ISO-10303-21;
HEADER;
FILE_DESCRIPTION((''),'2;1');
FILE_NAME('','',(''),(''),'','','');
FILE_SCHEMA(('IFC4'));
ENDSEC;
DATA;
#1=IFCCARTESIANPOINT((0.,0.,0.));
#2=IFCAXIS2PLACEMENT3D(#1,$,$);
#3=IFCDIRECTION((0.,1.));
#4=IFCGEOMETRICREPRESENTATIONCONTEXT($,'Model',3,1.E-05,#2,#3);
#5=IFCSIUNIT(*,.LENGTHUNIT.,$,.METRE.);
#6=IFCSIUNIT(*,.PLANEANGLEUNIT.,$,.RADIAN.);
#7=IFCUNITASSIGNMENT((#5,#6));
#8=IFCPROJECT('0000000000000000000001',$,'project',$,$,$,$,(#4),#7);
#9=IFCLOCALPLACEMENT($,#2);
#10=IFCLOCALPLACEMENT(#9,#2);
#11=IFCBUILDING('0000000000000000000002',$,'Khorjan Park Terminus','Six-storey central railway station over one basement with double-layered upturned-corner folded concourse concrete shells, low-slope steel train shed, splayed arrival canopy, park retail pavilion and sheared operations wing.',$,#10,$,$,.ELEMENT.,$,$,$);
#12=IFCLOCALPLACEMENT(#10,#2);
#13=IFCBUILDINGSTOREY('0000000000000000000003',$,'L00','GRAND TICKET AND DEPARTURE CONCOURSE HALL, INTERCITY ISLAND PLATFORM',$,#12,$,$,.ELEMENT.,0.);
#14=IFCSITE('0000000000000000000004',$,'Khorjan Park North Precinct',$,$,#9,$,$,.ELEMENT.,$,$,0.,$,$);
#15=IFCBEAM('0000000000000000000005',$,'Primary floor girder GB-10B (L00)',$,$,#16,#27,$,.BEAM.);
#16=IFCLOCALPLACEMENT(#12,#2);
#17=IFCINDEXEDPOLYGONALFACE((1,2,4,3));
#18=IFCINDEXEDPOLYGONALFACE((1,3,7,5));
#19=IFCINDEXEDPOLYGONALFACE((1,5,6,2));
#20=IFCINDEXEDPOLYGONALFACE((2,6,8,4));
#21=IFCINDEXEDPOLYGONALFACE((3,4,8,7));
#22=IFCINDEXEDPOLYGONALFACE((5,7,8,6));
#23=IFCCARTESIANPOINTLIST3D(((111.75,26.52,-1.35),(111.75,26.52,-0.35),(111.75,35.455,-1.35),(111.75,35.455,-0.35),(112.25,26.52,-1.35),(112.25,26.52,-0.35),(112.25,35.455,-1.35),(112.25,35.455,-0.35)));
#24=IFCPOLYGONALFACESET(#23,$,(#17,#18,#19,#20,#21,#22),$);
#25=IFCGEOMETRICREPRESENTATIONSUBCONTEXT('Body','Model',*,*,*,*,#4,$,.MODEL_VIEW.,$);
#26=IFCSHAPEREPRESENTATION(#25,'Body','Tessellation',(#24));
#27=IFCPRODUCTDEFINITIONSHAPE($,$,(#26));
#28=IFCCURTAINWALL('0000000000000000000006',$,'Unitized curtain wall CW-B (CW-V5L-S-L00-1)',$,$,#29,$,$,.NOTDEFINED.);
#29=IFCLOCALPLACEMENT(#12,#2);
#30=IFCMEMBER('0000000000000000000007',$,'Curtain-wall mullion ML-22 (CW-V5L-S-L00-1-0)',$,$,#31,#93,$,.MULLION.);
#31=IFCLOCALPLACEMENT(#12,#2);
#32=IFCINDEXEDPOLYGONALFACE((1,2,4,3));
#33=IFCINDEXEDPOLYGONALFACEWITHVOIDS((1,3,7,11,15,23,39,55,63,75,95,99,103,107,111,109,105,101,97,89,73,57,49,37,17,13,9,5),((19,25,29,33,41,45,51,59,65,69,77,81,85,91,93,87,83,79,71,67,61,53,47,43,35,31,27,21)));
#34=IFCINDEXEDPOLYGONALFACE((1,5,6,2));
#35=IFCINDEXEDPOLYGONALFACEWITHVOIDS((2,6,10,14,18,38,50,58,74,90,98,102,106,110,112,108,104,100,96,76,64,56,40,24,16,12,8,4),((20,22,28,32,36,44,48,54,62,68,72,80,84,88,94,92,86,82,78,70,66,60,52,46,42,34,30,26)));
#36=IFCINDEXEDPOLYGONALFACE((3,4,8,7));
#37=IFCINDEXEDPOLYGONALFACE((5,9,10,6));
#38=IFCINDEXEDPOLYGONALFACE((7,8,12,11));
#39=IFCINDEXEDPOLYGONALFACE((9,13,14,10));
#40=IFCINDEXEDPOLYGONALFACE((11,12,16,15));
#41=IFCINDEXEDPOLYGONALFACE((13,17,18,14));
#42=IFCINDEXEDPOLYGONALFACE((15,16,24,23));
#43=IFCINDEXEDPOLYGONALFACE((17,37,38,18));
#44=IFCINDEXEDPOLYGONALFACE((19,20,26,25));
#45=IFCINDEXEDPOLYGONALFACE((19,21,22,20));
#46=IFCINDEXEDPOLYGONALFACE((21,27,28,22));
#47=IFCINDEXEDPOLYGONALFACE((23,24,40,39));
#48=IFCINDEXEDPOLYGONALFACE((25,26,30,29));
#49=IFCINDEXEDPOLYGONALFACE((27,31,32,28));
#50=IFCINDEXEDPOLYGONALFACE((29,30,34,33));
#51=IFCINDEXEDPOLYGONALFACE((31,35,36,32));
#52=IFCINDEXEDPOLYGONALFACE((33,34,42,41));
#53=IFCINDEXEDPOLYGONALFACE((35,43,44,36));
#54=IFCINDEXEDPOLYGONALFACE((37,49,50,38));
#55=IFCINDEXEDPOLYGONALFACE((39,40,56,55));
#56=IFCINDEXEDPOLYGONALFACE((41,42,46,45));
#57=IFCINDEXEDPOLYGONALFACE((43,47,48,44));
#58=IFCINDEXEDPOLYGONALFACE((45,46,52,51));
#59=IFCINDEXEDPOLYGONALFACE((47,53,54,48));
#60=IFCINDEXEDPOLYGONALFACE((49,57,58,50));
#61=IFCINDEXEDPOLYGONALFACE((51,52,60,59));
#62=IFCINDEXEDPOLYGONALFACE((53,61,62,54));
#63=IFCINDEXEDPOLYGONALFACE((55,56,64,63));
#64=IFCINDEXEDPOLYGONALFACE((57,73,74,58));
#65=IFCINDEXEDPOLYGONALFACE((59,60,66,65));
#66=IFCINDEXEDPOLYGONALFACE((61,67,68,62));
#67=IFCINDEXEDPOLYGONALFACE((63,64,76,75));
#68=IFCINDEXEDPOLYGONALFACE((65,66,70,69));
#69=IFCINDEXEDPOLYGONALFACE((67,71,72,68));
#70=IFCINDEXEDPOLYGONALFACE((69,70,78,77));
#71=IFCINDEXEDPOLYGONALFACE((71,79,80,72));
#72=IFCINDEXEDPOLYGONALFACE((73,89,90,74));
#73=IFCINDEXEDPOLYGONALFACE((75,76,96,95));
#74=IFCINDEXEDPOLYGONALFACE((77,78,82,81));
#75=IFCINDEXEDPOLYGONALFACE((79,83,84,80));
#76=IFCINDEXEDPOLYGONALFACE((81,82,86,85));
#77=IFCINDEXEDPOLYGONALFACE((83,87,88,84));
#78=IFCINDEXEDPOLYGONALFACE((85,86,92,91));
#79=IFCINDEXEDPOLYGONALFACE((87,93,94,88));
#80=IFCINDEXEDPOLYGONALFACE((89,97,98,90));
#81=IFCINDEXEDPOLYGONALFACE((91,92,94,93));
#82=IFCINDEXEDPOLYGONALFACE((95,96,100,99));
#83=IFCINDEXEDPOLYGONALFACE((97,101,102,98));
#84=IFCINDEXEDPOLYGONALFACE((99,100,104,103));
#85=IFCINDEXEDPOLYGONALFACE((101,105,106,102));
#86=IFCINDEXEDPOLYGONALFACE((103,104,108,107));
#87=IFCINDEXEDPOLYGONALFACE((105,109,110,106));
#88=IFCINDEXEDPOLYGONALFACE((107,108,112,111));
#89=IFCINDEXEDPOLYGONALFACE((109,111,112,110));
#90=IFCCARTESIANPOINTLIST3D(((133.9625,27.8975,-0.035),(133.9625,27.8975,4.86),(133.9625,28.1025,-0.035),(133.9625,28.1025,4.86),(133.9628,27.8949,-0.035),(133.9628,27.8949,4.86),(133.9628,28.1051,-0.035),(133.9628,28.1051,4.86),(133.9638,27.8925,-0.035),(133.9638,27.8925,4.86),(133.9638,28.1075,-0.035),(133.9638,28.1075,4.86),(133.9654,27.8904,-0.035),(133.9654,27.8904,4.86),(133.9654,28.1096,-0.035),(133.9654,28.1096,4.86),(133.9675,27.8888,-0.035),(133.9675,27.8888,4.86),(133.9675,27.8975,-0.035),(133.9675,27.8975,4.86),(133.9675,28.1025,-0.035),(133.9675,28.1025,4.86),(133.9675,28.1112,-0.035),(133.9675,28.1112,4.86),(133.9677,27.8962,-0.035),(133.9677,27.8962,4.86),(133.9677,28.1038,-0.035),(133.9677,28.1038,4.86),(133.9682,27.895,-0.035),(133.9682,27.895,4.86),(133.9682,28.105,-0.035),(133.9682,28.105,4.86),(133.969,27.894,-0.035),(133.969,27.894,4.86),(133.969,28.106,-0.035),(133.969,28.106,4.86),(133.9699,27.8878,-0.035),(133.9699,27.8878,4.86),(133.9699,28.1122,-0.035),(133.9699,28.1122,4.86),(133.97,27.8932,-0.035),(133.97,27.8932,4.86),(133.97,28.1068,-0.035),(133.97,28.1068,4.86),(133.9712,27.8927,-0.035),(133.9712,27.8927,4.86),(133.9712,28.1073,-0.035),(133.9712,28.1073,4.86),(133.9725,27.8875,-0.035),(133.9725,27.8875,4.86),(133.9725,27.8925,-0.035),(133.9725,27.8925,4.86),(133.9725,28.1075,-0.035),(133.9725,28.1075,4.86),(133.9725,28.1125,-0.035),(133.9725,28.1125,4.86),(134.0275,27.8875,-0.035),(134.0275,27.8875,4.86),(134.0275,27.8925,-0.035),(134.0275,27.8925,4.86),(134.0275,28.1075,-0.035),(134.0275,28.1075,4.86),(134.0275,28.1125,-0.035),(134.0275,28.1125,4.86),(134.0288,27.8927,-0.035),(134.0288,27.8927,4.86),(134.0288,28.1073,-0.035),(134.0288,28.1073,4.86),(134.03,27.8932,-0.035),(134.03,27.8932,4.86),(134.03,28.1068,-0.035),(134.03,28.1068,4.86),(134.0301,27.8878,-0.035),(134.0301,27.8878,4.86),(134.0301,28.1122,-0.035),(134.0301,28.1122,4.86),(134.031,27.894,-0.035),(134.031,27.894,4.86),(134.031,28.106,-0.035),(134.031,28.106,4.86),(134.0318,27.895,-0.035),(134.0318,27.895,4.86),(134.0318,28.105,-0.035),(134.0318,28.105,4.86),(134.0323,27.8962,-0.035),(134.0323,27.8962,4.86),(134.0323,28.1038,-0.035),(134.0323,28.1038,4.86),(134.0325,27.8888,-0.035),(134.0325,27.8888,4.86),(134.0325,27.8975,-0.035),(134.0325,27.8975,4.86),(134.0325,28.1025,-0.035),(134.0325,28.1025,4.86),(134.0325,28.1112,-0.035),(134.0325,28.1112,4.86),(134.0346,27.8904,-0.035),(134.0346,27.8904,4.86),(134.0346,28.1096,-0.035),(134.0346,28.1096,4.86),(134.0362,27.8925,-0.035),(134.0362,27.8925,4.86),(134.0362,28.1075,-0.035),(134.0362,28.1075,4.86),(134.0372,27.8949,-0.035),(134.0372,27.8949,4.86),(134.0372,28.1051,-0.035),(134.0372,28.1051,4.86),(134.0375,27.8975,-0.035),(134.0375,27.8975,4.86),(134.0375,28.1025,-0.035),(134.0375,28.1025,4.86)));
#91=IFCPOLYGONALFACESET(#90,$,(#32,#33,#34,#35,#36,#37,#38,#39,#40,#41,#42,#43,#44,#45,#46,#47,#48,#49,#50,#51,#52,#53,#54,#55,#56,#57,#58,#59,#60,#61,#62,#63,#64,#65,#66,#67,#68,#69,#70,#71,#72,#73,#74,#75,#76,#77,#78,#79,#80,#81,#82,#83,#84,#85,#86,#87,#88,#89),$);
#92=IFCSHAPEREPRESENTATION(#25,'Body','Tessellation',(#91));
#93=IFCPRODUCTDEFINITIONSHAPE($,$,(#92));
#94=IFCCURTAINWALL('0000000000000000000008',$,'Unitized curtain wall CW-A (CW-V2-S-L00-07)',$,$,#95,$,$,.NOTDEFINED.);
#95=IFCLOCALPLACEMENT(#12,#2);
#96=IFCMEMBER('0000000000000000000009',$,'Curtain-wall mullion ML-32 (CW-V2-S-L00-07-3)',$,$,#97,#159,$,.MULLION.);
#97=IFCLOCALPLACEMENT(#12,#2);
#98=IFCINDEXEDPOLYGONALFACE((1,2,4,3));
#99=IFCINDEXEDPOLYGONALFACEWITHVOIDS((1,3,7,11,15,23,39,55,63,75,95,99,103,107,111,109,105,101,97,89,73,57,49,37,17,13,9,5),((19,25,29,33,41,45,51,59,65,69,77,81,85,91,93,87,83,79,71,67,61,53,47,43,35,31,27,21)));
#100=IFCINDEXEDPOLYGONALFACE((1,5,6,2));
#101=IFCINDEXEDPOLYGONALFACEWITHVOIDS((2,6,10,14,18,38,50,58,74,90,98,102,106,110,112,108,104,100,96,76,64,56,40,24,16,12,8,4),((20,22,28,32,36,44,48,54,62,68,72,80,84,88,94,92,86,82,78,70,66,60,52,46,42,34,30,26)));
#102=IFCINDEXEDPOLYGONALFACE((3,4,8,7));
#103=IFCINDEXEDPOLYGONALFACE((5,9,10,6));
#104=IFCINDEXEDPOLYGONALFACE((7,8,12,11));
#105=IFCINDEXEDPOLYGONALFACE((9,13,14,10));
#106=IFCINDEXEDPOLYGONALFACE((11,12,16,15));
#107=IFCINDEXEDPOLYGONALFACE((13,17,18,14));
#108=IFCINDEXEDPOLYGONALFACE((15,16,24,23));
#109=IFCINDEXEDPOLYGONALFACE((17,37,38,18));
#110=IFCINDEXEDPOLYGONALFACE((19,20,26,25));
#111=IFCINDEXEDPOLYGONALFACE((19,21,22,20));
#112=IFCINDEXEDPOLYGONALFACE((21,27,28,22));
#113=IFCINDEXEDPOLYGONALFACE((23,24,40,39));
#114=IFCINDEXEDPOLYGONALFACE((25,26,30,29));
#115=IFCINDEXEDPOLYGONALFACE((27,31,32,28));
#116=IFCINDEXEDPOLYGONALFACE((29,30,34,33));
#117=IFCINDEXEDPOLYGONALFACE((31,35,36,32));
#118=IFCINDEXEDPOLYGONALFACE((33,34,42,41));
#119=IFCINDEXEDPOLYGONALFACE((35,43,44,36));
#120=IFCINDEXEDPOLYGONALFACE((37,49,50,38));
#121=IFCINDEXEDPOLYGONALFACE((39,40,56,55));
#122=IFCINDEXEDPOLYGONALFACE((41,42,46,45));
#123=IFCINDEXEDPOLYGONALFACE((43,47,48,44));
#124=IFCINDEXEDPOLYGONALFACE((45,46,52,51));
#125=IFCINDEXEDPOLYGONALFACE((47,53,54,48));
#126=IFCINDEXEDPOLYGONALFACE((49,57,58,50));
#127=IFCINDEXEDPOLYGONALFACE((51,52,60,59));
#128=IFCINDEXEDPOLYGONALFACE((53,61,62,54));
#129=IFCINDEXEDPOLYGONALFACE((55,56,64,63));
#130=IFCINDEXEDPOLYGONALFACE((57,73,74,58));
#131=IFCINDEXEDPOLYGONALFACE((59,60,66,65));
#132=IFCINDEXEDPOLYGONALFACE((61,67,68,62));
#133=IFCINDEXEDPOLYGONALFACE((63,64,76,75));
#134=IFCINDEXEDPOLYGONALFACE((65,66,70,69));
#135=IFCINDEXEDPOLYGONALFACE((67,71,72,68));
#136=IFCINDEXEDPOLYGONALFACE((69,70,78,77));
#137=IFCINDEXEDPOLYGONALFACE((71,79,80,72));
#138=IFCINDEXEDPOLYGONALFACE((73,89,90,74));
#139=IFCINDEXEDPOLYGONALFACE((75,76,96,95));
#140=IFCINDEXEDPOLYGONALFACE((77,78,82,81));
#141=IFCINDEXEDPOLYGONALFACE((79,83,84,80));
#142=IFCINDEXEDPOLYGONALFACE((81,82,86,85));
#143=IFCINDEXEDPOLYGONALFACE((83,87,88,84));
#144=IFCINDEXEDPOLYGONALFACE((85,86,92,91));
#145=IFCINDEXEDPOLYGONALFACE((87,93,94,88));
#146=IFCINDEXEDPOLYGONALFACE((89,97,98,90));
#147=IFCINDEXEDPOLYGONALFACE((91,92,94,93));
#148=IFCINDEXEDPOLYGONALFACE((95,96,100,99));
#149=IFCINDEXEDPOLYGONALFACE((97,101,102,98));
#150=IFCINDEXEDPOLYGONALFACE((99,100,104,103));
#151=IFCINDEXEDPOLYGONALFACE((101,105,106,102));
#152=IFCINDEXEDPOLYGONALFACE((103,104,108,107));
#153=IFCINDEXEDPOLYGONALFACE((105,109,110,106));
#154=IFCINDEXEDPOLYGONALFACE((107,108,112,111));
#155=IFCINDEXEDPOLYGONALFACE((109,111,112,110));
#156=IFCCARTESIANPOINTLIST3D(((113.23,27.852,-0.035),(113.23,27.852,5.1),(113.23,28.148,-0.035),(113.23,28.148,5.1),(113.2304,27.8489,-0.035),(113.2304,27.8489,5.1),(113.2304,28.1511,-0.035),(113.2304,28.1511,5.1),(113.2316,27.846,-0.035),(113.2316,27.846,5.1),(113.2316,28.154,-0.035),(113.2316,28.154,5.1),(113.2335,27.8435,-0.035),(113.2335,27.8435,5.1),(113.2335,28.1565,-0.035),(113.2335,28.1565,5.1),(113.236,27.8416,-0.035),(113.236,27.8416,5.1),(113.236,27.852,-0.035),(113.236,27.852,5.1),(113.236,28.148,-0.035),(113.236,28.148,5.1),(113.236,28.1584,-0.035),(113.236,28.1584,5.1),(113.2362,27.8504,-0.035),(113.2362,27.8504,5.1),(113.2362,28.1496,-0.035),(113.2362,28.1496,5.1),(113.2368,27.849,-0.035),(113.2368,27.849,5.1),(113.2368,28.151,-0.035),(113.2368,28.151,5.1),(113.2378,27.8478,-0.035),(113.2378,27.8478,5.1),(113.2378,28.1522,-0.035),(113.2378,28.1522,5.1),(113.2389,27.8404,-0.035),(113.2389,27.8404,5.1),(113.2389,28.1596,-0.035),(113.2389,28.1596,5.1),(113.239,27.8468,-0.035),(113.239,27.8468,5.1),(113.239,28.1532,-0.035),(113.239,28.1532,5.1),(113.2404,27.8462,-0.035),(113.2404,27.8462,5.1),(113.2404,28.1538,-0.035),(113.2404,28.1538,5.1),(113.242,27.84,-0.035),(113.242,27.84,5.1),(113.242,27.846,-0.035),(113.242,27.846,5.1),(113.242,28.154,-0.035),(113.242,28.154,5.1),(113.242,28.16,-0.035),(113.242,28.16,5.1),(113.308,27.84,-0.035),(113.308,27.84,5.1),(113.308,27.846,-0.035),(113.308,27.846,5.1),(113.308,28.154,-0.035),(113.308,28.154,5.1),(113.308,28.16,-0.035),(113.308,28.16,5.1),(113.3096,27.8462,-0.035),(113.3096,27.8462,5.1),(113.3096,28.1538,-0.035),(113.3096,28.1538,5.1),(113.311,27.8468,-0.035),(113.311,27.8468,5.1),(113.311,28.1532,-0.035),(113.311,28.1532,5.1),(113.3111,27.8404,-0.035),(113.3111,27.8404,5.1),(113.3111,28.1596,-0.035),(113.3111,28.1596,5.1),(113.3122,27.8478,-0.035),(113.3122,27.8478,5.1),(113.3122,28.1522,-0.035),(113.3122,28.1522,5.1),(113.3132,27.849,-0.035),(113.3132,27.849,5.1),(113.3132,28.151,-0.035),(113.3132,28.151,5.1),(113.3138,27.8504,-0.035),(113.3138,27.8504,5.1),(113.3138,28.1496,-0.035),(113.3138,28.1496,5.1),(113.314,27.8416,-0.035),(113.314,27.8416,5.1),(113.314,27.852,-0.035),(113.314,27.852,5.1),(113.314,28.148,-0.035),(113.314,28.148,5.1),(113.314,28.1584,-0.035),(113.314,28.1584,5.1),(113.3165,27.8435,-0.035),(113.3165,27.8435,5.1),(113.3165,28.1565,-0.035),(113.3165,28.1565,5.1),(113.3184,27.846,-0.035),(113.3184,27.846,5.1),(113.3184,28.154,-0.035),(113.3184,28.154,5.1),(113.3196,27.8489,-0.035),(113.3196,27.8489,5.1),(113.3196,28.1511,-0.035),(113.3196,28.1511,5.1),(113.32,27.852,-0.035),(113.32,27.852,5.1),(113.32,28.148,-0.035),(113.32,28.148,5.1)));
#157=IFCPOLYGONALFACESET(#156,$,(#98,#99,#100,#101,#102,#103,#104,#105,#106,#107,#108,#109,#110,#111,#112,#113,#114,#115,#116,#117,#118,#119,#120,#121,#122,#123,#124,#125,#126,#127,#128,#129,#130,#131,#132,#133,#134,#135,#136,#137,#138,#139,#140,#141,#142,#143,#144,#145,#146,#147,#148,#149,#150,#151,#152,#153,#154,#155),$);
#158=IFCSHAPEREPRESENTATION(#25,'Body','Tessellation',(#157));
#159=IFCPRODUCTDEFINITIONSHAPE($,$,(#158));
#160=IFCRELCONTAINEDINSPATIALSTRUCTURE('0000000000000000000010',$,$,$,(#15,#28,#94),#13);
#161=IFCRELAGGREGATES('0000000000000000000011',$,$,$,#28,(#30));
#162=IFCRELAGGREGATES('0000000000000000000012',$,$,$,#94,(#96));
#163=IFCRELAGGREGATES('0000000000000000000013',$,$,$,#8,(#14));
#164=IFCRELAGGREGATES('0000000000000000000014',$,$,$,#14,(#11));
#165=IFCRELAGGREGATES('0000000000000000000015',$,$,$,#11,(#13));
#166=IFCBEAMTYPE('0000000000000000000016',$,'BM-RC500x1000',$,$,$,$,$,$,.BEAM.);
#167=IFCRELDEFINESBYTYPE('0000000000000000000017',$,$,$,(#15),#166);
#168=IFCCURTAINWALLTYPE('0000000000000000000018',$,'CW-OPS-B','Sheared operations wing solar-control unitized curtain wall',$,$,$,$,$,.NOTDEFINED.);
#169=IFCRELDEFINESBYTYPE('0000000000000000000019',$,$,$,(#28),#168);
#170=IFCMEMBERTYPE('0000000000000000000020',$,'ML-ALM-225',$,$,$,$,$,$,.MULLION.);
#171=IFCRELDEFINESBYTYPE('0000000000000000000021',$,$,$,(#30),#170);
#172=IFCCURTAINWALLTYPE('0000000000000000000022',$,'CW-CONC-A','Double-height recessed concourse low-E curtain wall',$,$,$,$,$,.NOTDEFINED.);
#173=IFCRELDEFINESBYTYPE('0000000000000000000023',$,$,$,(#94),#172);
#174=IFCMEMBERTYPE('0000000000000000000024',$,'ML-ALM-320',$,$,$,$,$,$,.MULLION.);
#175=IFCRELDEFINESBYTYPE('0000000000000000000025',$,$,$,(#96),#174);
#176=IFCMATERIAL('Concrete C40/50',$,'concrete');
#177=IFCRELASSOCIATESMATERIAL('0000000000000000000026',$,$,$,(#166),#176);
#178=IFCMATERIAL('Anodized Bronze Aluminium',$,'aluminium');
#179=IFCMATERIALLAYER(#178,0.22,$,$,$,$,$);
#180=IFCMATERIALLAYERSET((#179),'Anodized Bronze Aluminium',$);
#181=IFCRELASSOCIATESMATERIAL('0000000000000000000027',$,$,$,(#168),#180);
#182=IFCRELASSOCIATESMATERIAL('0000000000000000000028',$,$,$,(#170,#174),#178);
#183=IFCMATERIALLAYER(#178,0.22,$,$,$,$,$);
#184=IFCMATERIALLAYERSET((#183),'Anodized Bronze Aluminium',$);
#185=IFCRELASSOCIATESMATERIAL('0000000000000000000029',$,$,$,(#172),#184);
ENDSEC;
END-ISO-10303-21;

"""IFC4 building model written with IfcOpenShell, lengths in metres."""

from ifc_helpers import new_model, si_unit, direction, frame, origin, origin_2d, place, context, subcontext, project, spatial, rectangle, hollow_rectangle, extrude, material, layer, layer_set, material_profile, profile_set, type_object, element, aggregate, save


model = new_model("IFC4")

# Units and contexts
model_context = context("Model", 3, precision=1e-05, world=origin(), true_north=direction((0.0, 1.0)))
body_context = subcontext(model_context, "Body", "Model", "MODEL_VIEW")
ifc_project = project(units=[si_unit("LENGTHUNIT", "METRE"), si_unit("PLANEANGLEUNIT", "RADIAN")], contexts=[model_context])

# Site, building, storey
site_placement = place(None, origin())
site = spatial("IfcSite", under=ifc_project, at=site_placement, Name="Khorjan Park North Precinct", CompositionType="ELEMENT", RefElevation=0.0)
building_placement = place(site_placement, origin())
building = spatial("IfcBuilding", under=site, at=building_placement, Name="Khorjan Park Terminus", Description="Six-storey central railway station over one basement with double-layered upturned-corner folded concourse concrete shells, low-slope steel train shed, splayed arrival canopy, park retail pavilion and sheared operations wing.", CompositionType="ELEMENT")
storey_placement = place(building_placement, origin())
storey = spatial("IfcBuildingStorey", under=building, at=storey_placement, Name="L00", Description="GRAND TICKET AND DEPARTURE CONCOURSE HALL, INTERCITY ISLAND PLATFORM", CompositionType="ELEMENT", Elevation=0.0)

# Beam
ifc_material_1 = material(Name="Concrete C40/50", Category="concrete")
ifc_material_profile_1 = material_profile(ifc_material_1, rectangle(XDim=0.5, YDim=1.0, at=origin_2d()), Name="RC 500x1000")
ifc_profile_set_1 = profile_set([ifc_material_profile_1], Name="Concrete C40/50")
beam_type = type_object("IfcBeamType", Name="BM-RC500x1000", PredefinedType="BEAM", material=ifc_profile_set_1)
beam_placement = place(storey_placement, frame((112.0, 26.52, -0.85), z_axis=(0.0, 1.0, 0.0), x_axis=(-1.0, 0.0, 0.0)))
element("IfcBeam", 1, at=beam_placement, inside=storey, type_object=beam_type, Name="Primary floor girder GB-10B (L00)", PredefinedType="BEAM", context=body_context, shape_type="SweptSolid", body=[
    extrude(rectangle(XDim=0.5, YDim=1.0, at=origin_2d()), origin(), (0.0, 0.0, 1.0), 8.935),
])

# Curtain wall, member
ifc_material_2 = material(Name="Anodized Bronze Aluminium", Category="aluminium")
ifc_layer_1 = layer(ifc_material_2, 0.22)
ifc_layer_set_1 = layer_set([ifc_layer_1], Name="Anodized Bronze Aluminium")
curtain_wall_type_1 = type_object("IfcCurtainWallType", Name="CW-OPS-B", Description="Sheared operations wing solar-control unitized curtain wall", PredefinedType="NOTDEFINED", material=ifc_layer_set_1)
curtain_wall_1_placement = place(storey_placement, origin())
curtain_wall_1 = element("IfcCurtainWall", 2, at=curtain_wall_1_placement, inside=storey, type_object=curtain_wall_type_1, Name="Unitized curtain wall CW-B (CW-V5L-S-L00-1)", PredefinedType="NOTDEFINED")
ifc_material_profile_2 = material_profile(ifc_material_2, hollow_rectangle(XDim=0.075, YDim=0.225, WallThickness=0.005, InnerFilletRadius=0.005, OuterFilletRadius=0.01, at=origin_2d()), Name="ALM 75x225x5")
ifc_profile_set_2 = profile_set([ifc_material_profile_2], Name="Anodized Bronze Aluminium")
member_type_1 = type_object("IfcMemberType", Name="ML-ALM-225", PredefinedType="MULLION", material=ifc_profile_set_2)
member_1_placement = place(storey_placement, frame((134.0, 28.0, -0.035), z_axis=(0.0, 0.0, 1.0), x_axis=(1.0, 0.0, 0.0)))
member_1 = element("IfcMember", 3, at=member_1_placement, type_object=member_type_1, Name="Curtain-wall mullion ML-22 (CW-V5L-S-L00-1-0)", PredefinedType="MULLION", context=body_context, shape_type="SweptSolid", body=[
    extrude(hollow_rectangle(XDim=0.075, YDim=0.225, WallThickness=0.005, InnerFilletRadius=0.005, OuterFilletRadius=0.01, at=origin_2d()), origin(), (0.0, 0.0, 1.0), 4.895),
])

# Curtain wall, member
ifc_layer_2 = layer(ifc_material_2, 0.22)
ifc_layer_set_2 = layer_set([ifc_layer_2], Name="Anodized Bronze Aluminium")
curtain_wall_type_2 = type_object("IfcCurtainWallType", Name="CW-CONC-A", Description="Double-height recessed concourse low-E curtain wall", PredefinedType="NOTDEFINED", material=ifc_layer_set_2)
curtain_wall_2_placement = place(storey_placement, origin())
curtain_wall_2 = element("IfcCurtainWall", 4, at=curtain_wall_2_placement, inside=storey, type_object=curtain_wall_type_2, Name="Unitized curtain wall CW-A (CW-V2-S-L00-07)", PredefinedType="NOTDEFINED")
ifc_material_profile_3 = material_profile(ifc_material_2, hollow_rectangle(XDim=0.09, YDim=0.32, WallThickness=0.006, InnerFilletRadius=0.006, OuterFilletRadius=0.012, at=origin_2d()), Name="ALM 90x320x6")
ifc_profile_set_3 = profile_set([ifc_material_profile_3], Name="Anodized Bronze Aluminium")
member_type_2 = type_object("IfcMemberType", Name="ML-ALM-320", PredefinedType="MULLION", material=ifc_profile_set_3)
member_2_placement = place(storey_placement, frame((113.275, 28.0, -0.035), z_axis=(0.0, 0.0, 1.0), x_axis=(1.0, 0.0, 0.0)))
member_2 = element("IfcMember", 5, at=member_2_placement, type_object=member_type_2, Name="Curtain-wall mullion ML-32 (CW-V2-S-L00-07-3)", PredefinedType="MULLION", context=body_context, shape_type="SweptSolid", body=[
    extrude(hollow_rectangle(XDim=0.09, YDim=0.32, WallThickness=0.006, InnerFilletRadius=0.006, OuterFilletRadius=0.012, at=origin_2d()), origin(), (0.0, 0.0, 1.0), 5.135),
])

aggregate(curtain_wall_1, [member_1])

aggregate(curtain_wall_2, [member_2])

save(model, "model.ifc")
